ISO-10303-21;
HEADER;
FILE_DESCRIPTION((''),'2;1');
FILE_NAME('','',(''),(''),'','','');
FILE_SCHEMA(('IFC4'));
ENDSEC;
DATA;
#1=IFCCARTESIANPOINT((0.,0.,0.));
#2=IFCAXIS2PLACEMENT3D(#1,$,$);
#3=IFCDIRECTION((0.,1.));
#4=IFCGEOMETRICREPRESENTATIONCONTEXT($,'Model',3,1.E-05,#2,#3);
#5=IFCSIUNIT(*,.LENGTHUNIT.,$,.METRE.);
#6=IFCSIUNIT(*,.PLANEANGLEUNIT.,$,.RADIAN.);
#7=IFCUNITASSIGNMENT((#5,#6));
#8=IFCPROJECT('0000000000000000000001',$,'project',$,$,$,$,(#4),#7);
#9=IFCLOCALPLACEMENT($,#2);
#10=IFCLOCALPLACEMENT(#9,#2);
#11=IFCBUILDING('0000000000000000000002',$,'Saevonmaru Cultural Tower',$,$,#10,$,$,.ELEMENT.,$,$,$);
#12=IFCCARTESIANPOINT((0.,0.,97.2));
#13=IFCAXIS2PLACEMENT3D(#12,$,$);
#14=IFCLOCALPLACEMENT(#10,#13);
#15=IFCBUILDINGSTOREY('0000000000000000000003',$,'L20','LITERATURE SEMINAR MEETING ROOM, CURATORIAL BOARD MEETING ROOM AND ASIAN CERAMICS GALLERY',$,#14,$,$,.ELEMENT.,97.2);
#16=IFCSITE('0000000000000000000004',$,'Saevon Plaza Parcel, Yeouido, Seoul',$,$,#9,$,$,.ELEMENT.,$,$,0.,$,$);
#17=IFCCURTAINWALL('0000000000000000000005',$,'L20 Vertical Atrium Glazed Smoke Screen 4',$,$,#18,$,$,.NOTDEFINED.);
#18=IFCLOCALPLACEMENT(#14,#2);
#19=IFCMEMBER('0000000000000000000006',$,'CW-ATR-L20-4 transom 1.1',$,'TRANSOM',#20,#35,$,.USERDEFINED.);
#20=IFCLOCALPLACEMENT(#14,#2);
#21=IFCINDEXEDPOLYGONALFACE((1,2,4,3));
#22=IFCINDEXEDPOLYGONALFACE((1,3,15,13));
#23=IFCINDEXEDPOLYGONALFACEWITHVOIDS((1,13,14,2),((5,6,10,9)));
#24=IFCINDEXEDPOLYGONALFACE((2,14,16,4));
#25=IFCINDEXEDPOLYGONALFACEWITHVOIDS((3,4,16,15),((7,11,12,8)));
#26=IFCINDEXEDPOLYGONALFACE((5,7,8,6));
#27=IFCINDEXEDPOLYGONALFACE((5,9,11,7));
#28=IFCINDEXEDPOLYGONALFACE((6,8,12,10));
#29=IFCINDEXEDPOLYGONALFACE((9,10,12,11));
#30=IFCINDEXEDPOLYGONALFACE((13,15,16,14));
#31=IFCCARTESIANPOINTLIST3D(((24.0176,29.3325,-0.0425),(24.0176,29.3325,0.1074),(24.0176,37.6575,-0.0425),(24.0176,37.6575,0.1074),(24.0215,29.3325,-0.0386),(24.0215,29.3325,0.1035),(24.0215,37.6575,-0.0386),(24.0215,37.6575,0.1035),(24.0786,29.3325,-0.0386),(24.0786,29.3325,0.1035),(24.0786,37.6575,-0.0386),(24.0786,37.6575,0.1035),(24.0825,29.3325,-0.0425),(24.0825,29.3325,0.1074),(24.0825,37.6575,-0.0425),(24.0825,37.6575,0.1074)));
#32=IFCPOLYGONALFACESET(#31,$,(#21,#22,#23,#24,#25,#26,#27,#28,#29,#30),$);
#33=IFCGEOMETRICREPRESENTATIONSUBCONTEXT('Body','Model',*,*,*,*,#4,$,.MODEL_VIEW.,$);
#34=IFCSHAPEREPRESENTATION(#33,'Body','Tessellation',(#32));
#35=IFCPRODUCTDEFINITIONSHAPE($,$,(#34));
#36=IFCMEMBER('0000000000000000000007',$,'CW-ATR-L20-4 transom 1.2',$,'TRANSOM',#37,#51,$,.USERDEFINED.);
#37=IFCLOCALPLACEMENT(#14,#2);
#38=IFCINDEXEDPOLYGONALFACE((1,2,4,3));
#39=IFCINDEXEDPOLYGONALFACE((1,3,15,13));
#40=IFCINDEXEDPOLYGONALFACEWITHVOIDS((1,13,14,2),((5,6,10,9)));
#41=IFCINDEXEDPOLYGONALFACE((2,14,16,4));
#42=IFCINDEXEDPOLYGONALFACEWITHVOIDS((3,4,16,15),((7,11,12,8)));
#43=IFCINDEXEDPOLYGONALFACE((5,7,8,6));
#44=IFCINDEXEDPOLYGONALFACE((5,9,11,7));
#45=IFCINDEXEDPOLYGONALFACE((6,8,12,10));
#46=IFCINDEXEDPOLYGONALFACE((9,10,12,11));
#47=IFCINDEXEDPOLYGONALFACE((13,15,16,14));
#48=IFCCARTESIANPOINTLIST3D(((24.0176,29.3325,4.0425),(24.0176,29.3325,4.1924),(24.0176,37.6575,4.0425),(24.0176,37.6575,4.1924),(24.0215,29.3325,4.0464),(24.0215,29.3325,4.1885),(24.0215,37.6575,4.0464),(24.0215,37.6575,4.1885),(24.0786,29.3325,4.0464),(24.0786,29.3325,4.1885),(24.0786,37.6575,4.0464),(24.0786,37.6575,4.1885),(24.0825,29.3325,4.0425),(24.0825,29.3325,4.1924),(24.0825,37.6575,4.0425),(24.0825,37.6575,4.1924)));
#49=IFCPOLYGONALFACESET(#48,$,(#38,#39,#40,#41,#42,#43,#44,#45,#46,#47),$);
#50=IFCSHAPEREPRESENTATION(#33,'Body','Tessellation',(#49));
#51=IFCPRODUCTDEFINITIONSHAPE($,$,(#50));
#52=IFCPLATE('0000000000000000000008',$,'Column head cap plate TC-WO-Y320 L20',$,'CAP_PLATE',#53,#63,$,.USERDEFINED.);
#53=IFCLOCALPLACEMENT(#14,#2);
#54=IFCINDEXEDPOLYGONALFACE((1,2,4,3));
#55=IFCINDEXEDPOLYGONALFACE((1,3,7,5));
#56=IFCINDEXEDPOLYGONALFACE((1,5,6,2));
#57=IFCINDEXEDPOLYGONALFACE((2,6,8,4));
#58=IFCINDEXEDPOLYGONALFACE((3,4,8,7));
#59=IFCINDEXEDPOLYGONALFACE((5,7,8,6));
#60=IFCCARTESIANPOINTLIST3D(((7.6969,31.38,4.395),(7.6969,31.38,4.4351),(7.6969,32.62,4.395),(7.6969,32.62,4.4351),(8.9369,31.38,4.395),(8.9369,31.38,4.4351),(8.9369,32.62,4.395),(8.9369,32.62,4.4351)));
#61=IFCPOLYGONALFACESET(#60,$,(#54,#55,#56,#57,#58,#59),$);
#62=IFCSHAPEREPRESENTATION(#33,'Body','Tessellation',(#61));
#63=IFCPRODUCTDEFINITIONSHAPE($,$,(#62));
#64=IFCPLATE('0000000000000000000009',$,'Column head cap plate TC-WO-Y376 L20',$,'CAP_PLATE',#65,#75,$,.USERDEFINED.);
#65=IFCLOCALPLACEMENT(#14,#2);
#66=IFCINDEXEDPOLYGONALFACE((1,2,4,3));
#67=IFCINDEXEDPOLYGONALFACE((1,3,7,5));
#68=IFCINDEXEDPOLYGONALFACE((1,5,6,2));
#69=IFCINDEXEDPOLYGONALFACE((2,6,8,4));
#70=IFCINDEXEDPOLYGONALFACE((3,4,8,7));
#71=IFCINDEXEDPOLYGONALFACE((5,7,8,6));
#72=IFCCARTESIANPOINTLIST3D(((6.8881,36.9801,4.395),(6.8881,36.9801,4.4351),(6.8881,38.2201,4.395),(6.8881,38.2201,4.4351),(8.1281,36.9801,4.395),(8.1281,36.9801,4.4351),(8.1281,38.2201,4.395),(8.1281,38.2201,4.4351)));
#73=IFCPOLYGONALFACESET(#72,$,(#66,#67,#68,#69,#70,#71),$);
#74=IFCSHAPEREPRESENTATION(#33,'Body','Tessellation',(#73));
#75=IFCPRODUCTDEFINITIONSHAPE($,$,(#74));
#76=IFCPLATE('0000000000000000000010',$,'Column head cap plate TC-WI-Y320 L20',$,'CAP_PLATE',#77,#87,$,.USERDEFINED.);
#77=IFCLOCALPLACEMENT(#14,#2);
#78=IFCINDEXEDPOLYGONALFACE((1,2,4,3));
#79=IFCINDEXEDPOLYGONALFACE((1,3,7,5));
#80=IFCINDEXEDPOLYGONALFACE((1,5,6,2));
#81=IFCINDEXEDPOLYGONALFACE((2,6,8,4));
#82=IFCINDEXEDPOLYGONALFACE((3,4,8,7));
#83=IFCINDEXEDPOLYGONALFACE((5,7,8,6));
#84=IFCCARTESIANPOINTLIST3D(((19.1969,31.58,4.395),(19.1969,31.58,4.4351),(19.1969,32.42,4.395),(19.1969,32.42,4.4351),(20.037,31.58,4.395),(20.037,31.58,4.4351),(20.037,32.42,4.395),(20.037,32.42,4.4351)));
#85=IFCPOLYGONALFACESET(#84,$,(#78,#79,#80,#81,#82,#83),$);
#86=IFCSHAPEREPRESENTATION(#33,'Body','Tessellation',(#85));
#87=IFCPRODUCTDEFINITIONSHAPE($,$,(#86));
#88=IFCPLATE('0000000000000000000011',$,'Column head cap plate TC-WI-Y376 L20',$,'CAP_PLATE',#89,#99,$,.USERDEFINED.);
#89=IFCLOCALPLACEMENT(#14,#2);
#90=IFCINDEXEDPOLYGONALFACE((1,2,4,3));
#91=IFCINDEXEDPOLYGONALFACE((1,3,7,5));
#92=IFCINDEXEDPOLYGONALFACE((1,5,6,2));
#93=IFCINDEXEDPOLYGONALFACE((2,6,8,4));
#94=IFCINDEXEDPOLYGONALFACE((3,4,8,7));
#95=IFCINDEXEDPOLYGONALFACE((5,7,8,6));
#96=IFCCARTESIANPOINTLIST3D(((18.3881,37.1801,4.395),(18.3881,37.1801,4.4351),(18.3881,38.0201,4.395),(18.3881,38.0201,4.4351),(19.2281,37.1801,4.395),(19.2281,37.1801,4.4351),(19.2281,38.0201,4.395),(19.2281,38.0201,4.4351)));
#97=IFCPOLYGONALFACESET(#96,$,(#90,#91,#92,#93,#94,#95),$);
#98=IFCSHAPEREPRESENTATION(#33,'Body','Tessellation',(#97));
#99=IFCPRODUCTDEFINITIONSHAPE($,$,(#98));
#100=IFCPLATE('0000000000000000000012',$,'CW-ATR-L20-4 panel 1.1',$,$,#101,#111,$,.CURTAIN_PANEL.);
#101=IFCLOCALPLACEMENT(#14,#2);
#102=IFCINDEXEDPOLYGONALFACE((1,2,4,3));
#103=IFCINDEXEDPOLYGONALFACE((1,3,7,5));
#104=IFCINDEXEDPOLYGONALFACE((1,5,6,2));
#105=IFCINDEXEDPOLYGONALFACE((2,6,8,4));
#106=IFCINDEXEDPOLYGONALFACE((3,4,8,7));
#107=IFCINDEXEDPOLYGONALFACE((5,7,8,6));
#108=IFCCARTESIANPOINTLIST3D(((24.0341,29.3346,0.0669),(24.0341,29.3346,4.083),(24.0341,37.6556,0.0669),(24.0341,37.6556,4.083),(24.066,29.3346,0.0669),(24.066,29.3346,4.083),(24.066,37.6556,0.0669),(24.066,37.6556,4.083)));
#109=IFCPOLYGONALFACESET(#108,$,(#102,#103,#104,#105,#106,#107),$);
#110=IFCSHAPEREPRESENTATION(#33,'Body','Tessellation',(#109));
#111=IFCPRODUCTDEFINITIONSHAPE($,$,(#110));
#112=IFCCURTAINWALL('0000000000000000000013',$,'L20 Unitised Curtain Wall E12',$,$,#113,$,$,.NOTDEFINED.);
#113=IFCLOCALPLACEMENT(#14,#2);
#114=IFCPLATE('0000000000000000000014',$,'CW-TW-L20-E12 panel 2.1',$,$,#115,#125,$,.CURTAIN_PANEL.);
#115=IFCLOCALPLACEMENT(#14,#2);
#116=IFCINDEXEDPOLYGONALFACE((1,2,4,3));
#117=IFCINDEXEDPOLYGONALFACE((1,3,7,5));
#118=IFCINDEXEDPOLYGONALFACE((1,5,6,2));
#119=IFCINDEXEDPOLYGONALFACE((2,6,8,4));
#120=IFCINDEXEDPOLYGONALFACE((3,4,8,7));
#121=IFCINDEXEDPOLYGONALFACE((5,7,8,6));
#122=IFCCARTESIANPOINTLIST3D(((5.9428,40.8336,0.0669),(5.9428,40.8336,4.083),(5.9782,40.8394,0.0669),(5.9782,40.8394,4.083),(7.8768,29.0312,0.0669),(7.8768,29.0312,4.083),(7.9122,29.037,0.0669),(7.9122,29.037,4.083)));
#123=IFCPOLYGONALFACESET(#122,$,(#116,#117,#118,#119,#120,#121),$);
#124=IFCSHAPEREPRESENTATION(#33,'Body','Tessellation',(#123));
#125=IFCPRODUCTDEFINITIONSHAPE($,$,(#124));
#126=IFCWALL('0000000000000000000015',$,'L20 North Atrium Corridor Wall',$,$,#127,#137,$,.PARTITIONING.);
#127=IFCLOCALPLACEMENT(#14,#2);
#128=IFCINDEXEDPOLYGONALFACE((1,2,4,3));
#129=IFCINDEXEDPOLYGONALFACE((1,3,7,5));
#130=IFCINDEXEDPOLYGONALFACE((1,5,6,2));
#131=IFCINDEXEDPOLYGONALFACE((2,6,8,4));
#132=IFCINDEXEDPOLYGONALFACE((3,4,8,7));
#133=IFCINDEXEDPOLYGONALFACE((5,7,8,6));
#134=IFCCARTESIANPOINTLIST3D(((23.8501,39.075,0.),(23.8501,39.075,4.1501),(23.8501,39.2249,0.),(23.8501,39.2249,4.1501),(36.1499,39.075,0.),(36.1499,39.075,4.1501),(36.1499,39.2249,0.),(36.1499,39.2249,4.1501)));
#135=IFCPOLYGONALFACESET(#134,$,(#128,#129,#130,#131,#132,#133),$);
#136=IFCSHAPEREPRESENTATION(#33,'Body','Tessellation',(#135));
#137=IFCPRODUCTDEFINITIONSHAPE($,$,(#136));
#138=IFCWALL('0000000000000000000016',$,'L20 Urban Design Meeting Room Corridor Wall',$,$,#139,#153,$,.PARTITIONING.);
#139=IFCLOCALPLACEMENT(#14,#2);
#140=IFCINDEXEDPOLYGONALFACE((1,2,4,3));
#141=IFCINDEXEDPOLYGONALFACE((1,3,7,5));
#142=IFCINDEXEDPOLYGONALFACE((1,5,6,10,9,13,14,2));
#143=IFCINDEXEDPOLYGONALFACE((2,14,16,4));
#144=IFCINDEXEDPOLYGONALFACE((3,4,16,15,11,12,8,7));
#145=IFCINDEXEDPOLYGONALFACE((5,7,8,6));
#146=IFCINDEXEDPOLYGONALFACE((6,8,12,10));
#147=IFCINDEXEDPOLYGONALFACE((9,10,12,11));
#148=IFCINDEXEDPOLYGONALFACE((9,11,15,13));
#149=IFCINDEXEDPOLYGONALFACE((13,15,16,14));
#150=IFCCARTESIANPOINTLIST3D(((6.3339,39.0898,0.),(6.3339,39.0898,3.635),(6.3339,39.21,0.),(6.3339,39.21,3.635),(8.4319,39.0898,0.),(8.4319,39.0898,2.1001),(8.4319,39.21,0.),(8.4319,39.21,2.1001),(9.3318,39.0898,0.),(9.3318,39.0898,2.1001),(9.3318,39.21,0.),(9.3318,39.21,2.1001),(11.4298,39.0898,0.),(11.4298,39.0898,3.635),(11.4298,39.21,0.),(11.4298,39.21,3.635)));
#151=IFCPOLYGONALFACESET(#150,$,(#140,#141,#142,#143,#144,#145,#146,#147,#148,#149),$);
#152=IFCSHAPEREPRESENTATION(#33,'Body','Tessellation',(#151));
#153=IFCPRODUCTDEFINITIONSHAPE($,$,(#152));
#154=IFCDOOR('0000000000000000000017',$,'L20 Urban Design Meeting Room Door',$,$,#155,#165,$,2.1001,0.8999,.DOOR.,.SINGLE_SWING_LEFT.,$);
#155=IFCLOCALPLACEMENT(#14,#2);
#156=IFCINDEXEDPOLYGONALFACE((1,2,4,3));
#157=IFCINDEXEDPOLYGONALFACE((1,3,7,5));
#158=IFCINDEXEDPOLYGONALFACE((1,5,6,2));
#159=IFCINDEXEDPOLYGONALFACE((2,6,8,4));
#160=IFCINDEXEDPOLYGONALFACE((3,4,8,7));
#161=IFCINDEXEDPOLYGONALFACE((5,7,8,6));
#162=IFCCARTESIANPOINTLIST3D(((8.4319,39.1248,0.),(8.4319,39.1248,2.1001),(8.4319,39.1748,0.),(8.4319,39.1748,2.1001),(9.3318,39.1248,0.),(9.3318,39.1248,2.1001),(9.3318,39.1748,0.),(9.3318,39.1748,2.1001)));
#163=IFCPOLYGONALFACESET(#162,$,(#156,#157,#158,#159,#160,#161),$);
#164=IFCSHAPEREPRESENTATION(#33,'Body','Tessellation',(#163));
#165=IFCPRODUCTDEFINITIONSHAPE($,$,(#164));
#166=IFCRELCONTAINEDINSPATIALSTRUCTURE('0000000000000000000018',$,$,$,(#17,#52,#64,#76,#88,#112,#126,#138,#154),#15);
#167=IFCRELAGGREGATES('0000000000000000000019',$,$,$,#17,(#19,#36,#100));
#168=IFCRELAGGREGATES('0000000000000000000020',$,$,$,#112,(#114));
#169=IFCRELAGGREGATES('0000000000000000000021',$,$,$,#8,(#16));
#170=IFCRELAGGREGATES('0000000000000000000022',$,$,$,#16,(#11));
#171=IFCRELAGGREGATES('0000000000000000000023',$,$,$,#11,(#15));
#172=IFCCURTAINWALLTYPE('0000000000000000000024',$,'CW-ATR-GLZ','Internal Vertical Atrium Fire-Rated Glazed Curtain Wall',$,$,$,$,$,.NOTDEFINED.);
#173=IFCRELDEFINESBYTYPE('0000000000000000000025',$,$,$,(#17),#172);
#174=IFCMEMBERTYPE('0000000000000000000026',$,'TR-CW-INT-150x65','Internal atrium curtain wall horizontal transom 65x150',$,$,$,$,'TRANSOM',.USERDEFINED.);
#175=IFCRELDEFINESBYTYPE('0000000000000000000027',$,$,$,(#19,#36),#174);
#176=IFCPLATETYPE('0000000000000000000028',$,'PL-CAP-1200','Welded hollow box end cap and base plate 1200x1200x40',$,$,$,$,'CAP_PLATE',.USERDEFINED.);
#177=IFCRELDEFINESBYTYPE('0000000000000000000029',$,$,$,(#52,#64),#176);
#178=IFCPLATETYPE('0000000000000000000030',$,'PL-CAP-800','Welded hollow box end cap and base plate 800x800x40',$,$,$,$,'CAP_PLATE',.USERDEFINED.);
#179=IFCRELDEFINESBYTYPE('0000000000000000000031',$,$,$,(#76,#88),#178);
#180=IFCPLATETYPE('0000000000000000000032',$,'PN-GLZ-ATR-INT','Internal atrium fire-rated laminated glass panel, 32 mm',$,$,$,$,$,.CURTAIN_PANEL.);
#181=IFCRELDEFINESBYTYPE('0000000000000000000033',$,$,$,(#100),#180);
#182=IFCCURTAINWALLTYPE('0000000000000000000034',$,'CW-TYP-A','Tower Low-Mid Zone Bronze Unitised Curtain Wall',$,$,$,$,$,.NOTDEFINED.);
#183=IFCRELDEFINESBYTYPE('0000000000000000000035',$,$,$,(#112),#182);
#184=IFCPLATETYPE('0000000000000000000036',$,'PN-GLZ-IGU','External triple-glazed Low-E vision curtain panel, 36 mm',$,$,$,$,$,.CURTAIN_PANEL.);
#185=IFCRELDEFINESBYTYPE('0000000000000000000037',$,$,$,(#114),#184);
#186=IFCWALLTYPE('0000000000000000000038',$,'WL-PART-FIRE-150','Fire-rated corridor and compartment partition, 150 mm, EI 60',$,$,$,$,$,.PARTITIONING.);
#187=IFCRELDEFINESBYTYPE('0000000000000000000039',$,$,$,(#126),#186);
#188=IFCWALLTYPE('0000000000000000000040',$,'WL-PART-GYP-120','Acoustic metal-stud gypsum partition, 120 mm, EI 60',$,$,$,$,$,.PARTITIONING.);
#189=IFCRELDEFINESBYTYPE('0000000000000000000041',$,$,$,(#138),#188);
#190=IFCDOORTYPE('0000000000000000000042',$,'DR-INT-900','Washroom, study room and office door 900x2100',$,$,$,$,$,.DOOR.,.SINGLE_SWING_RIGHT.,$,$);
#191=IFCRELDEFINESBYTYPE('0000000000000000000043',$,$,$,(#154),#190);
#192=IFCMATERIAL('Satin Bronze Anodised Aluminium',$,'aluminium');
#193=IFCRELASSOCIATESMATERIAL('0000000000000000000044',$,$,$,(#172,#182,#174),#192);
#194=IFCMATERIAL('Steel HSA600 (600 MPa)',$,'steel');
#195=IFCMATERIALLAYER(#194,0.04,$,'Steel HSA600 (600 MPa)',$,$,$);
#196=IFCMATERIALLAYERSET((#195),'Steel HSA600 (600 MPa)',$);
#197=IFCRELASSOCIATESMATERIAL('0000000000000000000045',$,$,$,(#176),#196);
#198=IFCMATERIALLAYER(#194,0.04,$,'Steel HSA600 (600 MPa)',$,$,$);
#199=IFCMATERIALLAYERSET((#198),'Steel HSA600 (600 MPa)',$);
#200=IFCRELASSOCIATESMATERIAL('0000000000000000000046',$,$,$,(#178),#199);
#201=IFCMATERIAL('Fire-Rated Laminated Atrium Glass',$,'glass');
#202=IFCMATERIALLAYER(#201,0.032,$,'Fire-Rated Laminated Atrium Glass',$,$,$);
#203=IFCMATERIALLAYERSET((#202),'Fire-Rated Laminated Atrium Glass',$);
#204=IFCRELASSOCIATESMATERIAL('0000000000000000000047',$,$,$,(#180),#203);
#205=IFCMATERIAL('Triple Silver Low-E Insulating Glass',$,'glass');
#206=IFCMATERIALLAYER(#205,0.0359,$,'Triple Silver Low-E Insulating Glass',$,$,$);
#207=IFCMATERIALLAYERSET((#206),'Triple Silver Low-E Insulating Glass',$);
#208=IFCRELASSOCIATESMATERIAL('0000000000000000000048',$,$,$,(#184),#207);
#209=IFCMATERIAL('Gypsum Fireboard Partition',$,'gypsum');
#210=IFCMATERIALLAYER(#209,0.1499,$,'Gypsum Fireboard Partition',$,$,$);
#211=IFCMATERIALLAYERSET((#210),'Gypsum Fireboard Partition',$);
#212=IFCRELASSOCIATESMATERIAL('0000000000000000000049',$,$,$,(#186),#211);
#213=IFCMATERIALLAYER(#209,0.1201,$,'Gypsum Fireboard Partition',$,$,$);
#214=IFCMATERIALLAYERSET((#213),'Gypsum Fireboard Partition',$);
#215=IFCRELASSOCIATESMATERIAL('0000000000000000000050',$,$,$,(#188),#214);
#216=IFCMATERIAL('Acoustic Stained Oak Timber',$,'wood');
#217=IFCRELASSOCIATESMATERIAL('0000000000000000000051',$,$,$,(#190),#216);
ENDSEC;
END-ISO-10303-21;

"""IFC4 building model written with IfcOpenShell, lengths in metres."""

from ifc_helpers import new_model, si_unit, direction, frame, frame_2d, origin, origin_2d, place, context, subcontext, project, spatial, rectangle, hollow_rectangle, extrude, material, layer, layer_set, material_profile, profile_set, type_object, element, fill, aggregate, save


model = new_model("IFC4")

# Units and contexts
model_context = context("Model", 3, precision=1e-05, world=origin(), true_north=direction((0.0, 1.0)))
body_context = subcontext(model_context, "Body", "Model", "MODEL_VIEW")
ifc_project = project(units=[si_unit("LENGTHUNIT", "METRE"), si_unit("PLANEANGLEUNIT", "RADIAN")], contexts=[model_context])

# Site, building, storey
site_placement = place(None, origin())
site = spatial("IfcSite", under=ifc_project, at=site_placement, Name="Saevon Plaza Parcel, Yeouido, Seoul", CompositionType="ELEMENT", RefElevation=0.0)
building_placement = place(site_placement, origin())
building = spatial("IfcBuilding", under=site, at=building_placement, Name="Saevonmaru Cultural Tower", CompositionType="ELEMENT")
storey_placement = place(building_placement, frame((0.0, 0.0, 97.2)))
storey = spatial("IfcBuildingStorey", under=building, at=storey_placement, Name="L20", Description="LITERATURE SEMINAR MEETING ROOM, CURATORIAL BOARD MEETING ROOM AND ASIAN CERAMICS GALLERY", CompositionType="ELEMENT", Elevation=97.2)

# Shared definitions
ifc_material_1 = material(Name="Steel HSA600 (600 MPa)", Category="steel")

# Curtain wall, members
ifc_material_2 = material(Name="Satin Bronze Anodised Aluminium", Category="aluminium")
curtain_wall_type_1 = type_object("IfcCurtainWallType", Name="CW-ATR-GLZ", Description="Internal Vertical Atrium Fire-Rated Glazed Curtain Wall", PredefinedType="NOTDEFINED", material=ifc_material_2)
curtain_wall_1_placement = place(storey_placement, origin())
curtain_wall_1 = element("IfcCurtainWall", 1, at=curtain_wall_1_placement, inside=storey, type_object=curtain_wall_type_1, Name="L20 Vertical Atrium Glazed Smoke Screen 4", PredefinedType="NOTDEFINED")
ifc_material_profile_1 = material_profile(ifc_material_2, hollow_rectangle(XDim=0.0649, YDim=0.1499, WallThickness=0.0039, at=origin_2d()), Name="ALU-TRAN-150x65x4")
ifc_profile_set_1 = profile_set([ifc_material_profile_1], Name="Satin Bronze Anodised Aluminium")
member_type_1 = type_object("IfcMemberType", Name="TR-CW-INT-150x65", Description="Internal atrium curtain wall horizontal transom 65x150", ElementType="TRANSOM", PredefinedType="USERDEFINED", material=ifc_profile_set_1)
member_1_placement = place(storey_placement, frame((24.05, 37.6575, 0.0325), z_axis=(0.0, -1.0, 0.0), x_axis=(1.0, 0.0, 0.0)))
member_1 = element("IfcMember", 2, at=member_1_placement, type_object=member_type_1, Name="CW-ATR-L20-4 transom 1.1", ObjectType="TRANSOM", PredefinedType="USERDEFINED", context=body_context, shape_type="SweptSolid", body=[
    extrude(hollow_rectangle(XDim=0.0649, YDim=0.1499, WallThickness=0.0039, at=origin_2d()), origin(), (0.0, 0.0, 1.0), 8.325),
])
member_2_placement = place(storey_placement, frame((24.05, 37.6575, 4.1174), z_axis=(0.0, -1.0, 0.0), x_axis=(1.0, 0.0, 0.0)))
member_2 = element("IfcMember", 3, at=member_2_placement, type_object=member_type_1, Name="CW-ATR-L20-4 transom 1.2", ObjectType="TRANSOM", PredefinedType="USERDEFINED", context=body_context, shape_type="SweptSolid", body=[
    extrude(hollow_rectangle(XDim=0.0649, YDim=0.1499, WallThickness=0.0039, at=origin_2d()), origin(), (0.0, 0.0, 1.0), 8.325),
])

# Plates
ifc_layer_1 = layer(ifc_material_1, 0.04, Name="Steel HSA600 (600 MPa)")
ifc_layer_set_1 = layer_set([ifc_layer_1], Name="Steel HSA600 (600 MPa)")
plate_type_1 = type_object("IfcPlateType", Name="PL-CAP-1200", Description="Welded hollow box end cap and base plate 1200x1200x40", ElementType="CAP_PLATE", PredefinedType="USERDEFINED", material=ifc_layer_set_1)
for number, where, z_axis, x_axis, name in (
    (4, (8.3169, 32.0, 4.395), (0.0, 0.0, 1.0), (1.0, 0.0, 0.0), "Column head cap plate TC-WO-Y320 L20"),
    (5, (7.5081, 37.6001, 4.395), (0.0, 0.0, 1.0), (1.0, 0.0, 0.0), "Column head cap plate TC-WO-Y376 L20"),
):
    element("IfcPlate", number, at=place(storey_placement, frame(where, z_axis=z_axis, x_axis=x_axis)), inside=storey, type_object=plate_type_1, Name=name, ObjectType="CAP_PLATE", PredefinedType="USERDEFINED", context=body_context, shape_type="SweptSolid", body=[
        extrude(rectangle(XDim=1.24, YDim=1.24, at=origin_2d()), origin(), (0.0, 0.0, 1.0), 0.04),
    ])
ifc_layer_2 = layer(ifc_material_1, 0.04, Name="Steel HSA600 (600 MPa)")
ifc_layer_set_2 = layer_set([ifc_layer_2], Name="Steel HSA600 (600 MPa)")
plate_type_2 = type_object("IfcPlateType", Name="PL-CAP-800", Description="Welded hollow box end cap and base plate 800x800x40", ElementType="CAP_PLATE", PredefinedType="USERDEFINED", material=ifc_layer_set_2)
for number, where, z_axis, x_axis, name in (
    (6, (19.6169, 32.0, 4.395), (0.0, 0.0, 1.0), (1.0, 0.0, 0.0), "Column head cap plate TC-WI-Y320 L20"),
    (7, (18.8081, 37.6001, 4.395), (0.0, 0.0, 1.0), (1.0, 0.0, 0.0), "Column head cap plate TC-WI-Y376 L20"),
):
    element("IfcPlate", number, at=place(storey_placement, frame(where, z_axis=z_axis, x_axis=x_axis)), inside=storey, type_object=plate_type_2, Name=name, ObjectType="CAP_PLATE", PredefinedType="USERDEFINED", context=body_context, shape_type="SweptSolid", body=[
        extrude(rectangle(XDim=0.8401, YDim=0.8401, at=origin_2d()), origin(), (0.0, 0.0, 1.0), 0.04),
    ])

# Plate
ifc_material_3 = material(Name="Fire-Rated Laminated Atrium Glass", Category="glass")
ifc_layer_3 = layer(ifc_material_3, 0.032, Name="Fire-Rated Laminated Atrium Glass")
ifc_layer_set_3 = layer_set([ifc_layer_3], Name="Fire-Rated Laminated Atrium Glass")
plate_type_3 = type_object("IfcPlateType", Name="PN-GLZ-ATR-INT", Description="Internal atrium fire-rated laminated glass panel, 32 mm", PredefinedType="CURTAIN_PANEL", material=ifc_layer_set_3)
plate_1_placement = place(storey_placement, frame((24.05, 33.4951, 0.0669), z_axis=(0.0, 0.0, 1.0), x_axis=(0.0, -1.0, 0.0)))
plate_1 = element("IfcPlate", 8, at=plate_1_placement, type_object=plate_type_3, Name="CW-ATR-L20-4 panel 1.1", PredefinedType="CURTAIN_PANEL", context=body_context, shape_type="SweptSolid", body=[
    extrude(rectangle(XDim=8.321, YDim=0.032, at=origin_2d()), origin(), (0.0, 0.0, 1.0), 4.0161),
])
aggregate(curtain_wall_1, [member_1, member_2, plate_1])

# Curtain wall, plate
curtain_wall_type_2 = type_object("IfcCurtainWallType", Name="CW-TYP-A", Description="Tower Low-Mid Zone Bronze Unitised Curtain Wall", PredefinedType="NOTDEFINED", material=ifc_material_2)
curtain_wall_2_placement = place(storey_placement, origin())
curtain_wall_2 = element("IfcCurtainWall", 9, at=curtain_wall_2_placement, inside=storey, type_object=curtain_wall_type_2, Name="L20 Unitised Curtain Wall E12", PredefinedType="NOTDEFINED")
ifc_material_4 = material(Name="Triple Silver Low-E Insulating Glass", Category="glass")
ifc_layer_4 = layer(ifc_material_4, 0.0359, Name="Triple Silver Low-E Insulating Glass")
ifc_layer_set_4 = layer_set([ifc_layer_4], Name="Triple Silver Low-E Insulating Glass")
plate_type_4 = type_object("IfcPlateType", Name="PN-GLZ-IGU", Description="External triple-glazed Low-E vision curtain panel, 36 mm", PredefinedType="CURTAIN_PANEL", material=ifc_layer_set_4)
plate_2_placement = place(storey_placement, frame((6.9275, 34.9353, 0.0669), z_axis=(0.0, 0.0, 1.0), x_axis=(0.161709, -0.986839, 0.0)))
plate_2 = element("IfcPlate", 10, at=plate_2_placement, type_object=plate_type_4, Name="CW-TW-L20-E12 panel 2.1", PredefinedType="CURTAIN_PANEL", context=body_context, shape_type="SweptSolid", body=[
    extrude(rectangle(XDim=11.9597, YDim=0.0359, at=origin_2d()), origin(), (0.0, 0.0, 1.0), 4.0161),
])
aggregate(curtain_wall_2, [plate_2])

# Wall
ifc_material_5 = material(Name="Gypsum Fireboard Partition", Category="gypsum")
ifc_layer_5 = layer(ifc_material_5, 0.1499, Name="Gypsum Fireboard Partition")
ifc_layer_set_5 = layer_set([ifc_layer_5], Name="Gypsum Fireboard Partition")
wall_type_1 = type_object("IfcWallType", Name="WL-PART-FIRE-150", Description="Fire-rated corridor and compartment partition, 150 mm, EI 60", PredefinedType="PARTITIONING", material=ifc_layer_set_5)
wall_1_placement = place(storey_placement, frame((23.8501, 39.1499, 0.0), z_axis=(0.0, 0.0, 1.0), x_axis=(1.0, 0.0, 0.0)))
element("IfcWall", 11, at=wall_1_placement, inside=storey, type_object=wall_type_1, Name="L20 North Atrium Corridor Wall", PredefinedType="PARTITIONING", context=body_context, shape_type="SweptSolid", body=[
    extrude(rectangle(XDim=12.2998, YDim=0.1499, at=frame_2d((6.1499, 0.0))), origin(), (0.0, 0.0, 1.0), 4.1501),
])

# Wall, opening, door
ifc_layer_6 = layer(ifc_material_5, 0.1201, Name="Gypsum Fireboard Partition")
ifc_layer_set_6 = layer_set([ifc_layer_6], Name="Gypsum Fireboard Partition")
wall_type_2 = type_object("IfcWallType", Name="WL-PART-GYP-120", Description="Acoustic metal-stud gypsum partition, 120 mm, EI 60", PredefinedType="PARTITIONING", material=ifc_layer_set_6)
wall_2_placement = place(storey_placement, frame((6.334, 39.1499, 0.0), z_axis=(0.0, 0.0, 1.0), x_axis=(1.0, 0.0, 0.0)))
wall_2 = element("IfcWall", 12, at=wall_2_placement, inside=storey, type_object=wall_type_2, Name="L20 Urban Design Meeting Room Corridor Wall", PredefinedType="PARTITIONING", context=body_context, shape_type="SweptSolid", body=[
    extrude(rectangle(XDim=5.0959, YDim=0.1201, at=frame_2d((2.5479, 0.0))), origin(), (0.0, 0.0, 1.0), 3.635),
])
opening_1_placement = place(wall_2_placement, frame((2.0979, 0.0, 0.0)))
opening_1 = element("IfcOpeningElement", 13, at=opening_1_placement, cuts=wall_2, PredefinedType="OPENING", context=body_context, shape_type="SweptSolid", body=[
    extrude(rectangle(XDim=0.8999, YDim=2.1001, at=frame_2d((0.45, 1.05))), frame((0.0, 0.0701, 0.0), z_axis=(0.0, -1.0, 0.0), x_axis=(1.0, 0.0, 0.0)), (0.0, 0.0, 1.0), 0.1401),
])
ifc_material_6 = material(Name="Acoustic Stained Oak Timber", Category="wood")
door_type = type_object("IfcDoorType", Name="DR-INT-900", Description="Washroom, study room and office door 900x2100", OperationType="SINGLE_SWING_RIGHT", PredefinedType="DOOR", material=ifc_material_6)
door_1_placement = place(opening_1_placement, origin())
door_1 = element("IfcDoor", 14, at=door_1_placement, inside=storey, type_object=door_type, Name="L20 Urban Design Meeting Room Door", OperationType="SINGLE_SWING_LEFT", OverallHeight=2.1001, OverallWidth=0.8999, PredefinedType="DOOR", context=body_context, shape_type="SweptSolid", body=[
    extrude(rectangle(XDim=0.8999, YDim=2.1001, at=frame_2d((0.45, 1.05))), frame((0.0, 0.0249, 0.0), z_axis=(0.0, -1.0, 0.0), x_axis=(1.0, 0.0, 0.0)), (0.0, 0.0, 1.0), 0.05),
])
fill(opening_1, door_1)

save(model, "model.ifc")
